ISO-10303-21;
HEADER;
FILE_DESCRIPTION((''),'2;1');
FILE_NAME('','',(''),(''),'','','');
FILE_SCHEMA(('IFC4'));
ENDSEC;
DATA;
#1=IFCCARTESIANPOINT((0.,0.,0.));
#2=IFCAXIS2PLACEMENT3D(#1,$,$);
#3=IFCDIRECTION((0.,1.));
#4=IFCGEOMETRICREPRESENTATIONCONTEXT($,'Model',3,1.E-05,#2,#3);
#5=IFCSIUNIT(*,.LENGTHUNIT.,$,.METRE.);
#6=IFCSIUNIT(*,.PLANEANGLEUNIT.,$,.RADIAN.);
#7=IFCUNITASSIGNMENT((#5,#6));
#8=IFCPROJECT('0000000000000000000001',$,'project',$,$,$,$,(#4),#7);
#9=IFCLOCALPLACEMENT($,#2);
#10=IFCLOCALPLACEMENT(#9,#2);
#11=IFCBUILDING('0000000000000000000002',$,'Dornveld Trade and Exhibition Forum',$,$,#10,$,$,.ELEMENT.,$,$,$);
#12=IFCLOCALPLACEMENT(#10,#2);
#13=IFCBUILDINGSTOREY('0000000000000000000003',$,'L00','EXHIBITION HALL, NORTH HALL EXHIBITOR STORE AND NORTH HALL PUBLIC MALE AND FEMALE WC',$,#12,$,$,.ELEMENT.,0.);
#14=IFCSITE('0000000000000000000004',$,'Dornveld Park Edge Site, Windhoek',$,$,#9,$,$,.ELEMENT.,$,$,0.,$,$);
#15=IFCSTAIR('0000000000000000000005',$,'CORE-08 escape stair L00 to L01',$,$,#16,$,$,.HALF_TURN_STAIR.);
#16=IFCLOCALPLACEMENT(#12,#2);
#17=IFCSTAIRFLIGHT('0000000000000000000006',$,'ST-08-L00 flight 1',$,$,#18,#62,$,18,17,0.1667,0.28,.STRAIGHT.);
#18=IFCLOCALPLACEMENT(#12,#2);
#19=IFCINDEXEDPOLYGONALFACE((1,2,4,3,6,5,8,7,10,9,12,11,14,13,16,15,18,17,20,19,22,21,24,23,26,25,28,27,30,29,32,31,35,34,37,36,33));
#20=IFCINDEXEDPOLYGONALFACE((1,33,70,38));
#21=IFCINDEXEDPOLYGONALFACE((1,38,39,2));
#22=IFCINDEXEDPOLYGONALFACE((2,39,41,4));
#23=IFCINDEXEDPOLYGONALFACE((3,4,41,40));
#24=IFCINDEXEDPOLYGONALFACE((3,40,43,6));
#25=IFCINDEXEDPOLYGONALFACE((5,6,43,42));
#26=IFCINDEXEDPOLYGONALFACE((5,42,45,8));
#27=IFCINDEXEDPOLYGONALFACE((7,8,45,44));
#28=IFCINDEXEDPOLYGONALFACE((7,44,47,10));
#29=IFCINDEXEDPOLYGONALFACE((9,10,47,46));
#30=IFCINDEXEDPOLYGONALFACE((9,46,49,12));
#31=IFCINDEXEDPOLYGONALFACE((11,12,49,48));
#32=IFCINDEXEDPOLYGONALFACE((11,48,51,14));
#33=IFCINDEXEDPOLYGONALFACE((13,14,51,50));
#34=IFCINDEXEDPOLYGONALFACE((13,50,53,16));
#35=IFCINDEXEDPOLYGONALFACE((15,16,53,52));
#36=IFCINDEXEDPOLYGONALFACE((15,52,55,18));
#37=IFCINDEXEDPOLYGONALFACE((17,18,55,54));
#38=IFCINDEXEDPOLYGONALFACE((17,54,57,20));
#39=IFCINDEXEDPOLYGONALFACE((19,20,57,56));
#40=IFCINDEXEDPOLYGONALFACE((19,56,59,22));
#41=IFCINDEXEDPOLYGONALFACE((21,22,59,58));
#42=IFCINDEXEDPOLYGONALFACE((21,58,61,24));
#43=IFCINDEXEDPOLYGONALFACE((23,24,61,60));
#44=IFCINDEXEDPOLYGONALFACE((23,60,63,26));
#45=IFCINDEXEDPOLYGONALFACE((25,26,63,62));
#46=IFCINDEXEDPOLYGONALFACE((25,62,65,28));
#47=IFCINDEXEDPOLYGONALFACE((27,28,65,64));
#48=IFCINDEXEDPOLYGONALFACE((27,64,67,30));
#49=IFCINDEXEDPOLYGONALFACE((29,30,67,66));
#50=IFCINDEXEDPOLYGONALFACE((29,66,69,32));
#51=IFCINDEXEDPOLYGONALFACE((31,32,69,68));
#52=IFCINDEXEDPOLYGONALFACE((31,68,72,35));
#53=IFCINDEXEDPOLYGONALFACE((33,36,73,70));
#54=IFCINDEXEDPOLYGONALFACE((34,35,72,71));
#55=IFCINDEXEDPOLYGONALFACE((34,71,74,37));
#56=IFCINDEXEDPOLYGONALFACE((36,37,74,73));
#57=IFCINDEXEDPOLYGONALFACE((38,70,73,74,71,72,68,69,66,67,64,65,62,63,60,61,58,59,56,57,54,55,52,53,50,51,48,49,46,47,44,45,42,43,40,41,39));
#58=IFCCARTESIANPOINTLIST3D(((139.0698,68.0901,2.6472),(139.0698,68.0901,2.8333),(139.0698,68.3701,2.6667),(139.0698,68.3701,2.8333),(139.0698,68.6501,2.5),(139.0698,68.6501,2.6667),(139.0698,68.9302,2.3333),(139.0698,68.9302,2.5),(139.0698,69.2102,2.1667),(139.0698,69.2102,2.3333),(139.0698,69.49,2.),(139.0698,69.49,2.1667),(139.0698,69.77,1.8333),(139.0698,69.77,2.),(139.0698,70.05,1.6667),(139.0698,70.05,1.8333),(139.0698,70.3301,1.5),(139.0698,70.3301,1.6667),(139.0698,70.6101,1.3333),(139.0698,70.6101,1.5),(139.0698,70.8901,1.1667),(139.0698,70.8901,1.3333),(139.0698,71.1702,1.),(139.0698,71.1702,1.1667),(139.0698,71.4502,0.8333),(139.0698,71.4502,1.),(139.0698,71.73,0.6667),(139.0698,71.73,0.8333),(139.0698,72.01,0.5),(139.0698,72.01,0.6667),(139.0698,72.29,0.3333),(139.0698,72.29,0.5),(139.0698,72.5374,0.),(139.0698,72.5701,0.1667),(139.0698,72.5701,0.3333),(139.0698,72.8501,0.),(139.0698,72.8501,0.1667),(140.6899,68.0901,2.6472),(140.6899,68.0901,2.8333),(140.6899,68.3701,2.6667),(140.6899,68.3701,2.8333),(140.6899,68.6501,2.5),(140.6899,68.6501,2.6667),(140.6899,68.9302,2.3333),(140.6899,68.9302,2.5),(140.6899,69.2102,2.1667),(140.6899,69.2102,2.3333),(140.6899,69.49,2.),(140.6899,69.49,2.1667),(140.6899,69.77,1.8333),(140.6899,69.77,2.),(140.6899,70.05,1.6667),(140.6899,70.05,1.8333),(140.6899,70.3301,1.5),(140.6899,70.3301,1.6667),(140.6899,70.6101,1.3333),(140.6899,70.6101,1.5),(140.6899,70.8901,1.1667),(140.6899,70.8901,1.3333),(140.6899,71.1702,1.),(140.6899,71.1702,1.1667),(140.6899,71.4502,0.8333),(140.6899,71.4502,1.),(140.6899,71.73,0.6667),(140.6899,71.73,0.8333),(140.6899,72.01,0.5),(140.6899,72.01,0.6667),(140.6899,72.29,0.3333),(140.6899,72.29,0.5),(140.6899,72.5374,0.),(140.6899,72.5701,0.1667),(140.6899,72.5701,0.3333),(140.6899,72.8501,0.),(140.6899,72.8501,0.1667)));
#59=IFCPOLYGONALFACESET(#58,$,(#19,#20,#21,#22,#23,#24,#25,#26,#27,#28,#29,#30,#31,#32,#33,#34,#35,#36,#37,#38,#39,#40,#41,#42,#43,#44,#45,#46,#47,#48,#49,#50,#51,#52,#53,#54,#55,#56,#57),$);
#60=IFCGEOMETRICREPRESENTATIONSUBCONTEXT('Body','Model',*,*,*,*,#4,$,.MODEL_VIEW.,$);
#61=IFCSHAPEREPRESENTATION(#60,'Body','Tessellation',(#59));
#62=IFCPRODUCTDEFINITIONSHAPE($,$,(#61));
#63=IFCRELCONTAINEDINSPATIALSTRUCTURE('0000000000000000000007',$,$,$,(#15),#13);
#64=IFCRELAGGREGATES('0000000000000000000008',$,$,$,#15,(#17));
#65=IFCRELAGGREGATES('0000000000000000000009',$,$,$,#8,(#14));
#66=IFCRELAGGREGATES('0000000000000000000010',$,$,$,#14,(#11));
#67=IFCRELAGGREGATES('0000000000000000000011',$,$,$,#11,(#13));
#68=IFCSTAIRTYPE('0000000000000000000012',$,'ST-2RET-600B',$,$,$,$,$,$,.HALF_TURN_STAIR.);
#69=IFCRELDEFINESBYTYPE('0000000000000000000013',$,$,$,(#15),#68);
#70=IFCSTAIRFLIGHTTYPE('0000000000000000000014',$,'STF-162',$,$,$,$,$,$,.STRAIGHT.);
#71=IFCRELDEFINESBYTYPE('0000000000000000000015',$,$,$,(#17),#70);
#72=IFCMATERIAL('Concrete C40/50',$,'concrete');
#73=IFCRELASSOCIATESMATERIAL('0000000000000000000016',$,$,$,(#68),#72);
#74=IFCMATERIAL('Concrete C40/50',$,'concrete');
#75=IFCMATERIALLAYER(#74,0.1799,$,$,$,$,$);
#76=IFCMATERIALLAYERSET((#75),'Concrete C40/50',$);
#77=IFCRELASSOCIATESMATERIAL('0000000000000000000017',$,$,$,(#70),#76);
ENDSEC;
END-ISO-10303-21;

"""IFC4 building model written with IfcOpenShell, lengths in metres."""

from ifc_helpers import new_model, si_unit, direction, frame, origin, place, context, subcontext, project, spatial, polyline, outline, extrude, material, layer, layer_set, type_object, element, aggregate, save


model = new_model("IFC4")

# Units and contexts
model_context = context("Model", 3, precision=1e-05, world=origin(), true_north=direction((0.0, 1.0)))
body_context = subcontext(model_context, "Body", "Model", "MODEL_VIEW")
ifc_project = project(units=[si_unit("LENGTHUNIT", "METRE"), si_unit("PLANEANGLEUNIT", "RADIAN")], contexts=[model_context])

# Site, building, storey
site_placement = place(None, origin())
site = spatial("IfcSite", under=ifc_project, at=site_placement, Name="Dornveld Park Edge Site, Windhoek", CompositionType="ELEMENT", RefElevation=0.0)
building_placement = place(site_placement, origin())
building = spatial("IfcBuilding", under=site, at=building_placement, Name="Dornveld Trade and Exhibition Forum", CompositionType="ELEMENT")
storey_placement = place(building_placement, origin())
storey = spatial("IfcBuildingStorey", under=building, at=storey_placement, Name="L00", Description="EXHIBITION HALL, NORTH HALL EXHIBITOR STORE AND NORTH HALL PUBLIC MALE AND FEMALE WC", CompositionType="ELEMENT", Elevation=0.0)

# Stair, stair flight
ifc_material_1 = material(Name="Concrete C40/50", Category="concrete")
stair_type = type_object("IfcStairType", Name="ST-2RET-600B", PredefinedType="HALF_TURN_STAIR", material=ifc_material_1)
stair_placement = place(storey_placement, origin())
stair = element("IfcStair", 1, at=stair_placement, inside=storey, type_object=stair_type, Name="CORE-08 escape stair L00 to L01", PredefinedType="HALF_TURN_STAIR")
ifc_material_2 = material(Name="Concrete C40/50", Category="concrete")
ifc_layer_1 = layer(ifc_material_2, 0.1799)
ifc_layer_set_1 = layer_set([ifc_layer_1], Name="Concrete C40/50")
stair_flight_type = type_object("IfcStairFlightType", Name="STF-162", PredefinedType="STRAIGHT", material=ifc_layer_set_1)
stair_flight_placement = place(storey_placement, frame((139.8799, 72.8501, 0.0), z_axis=(0.0, 0.0, 1.0), x_axis=(0.0, -1.0, 0.0)))
stair_flight = element("IfcStairFlight", 2, at=stair_flight_placement, type_object=stair_flight_type, Name="ST-08-L00 flight 1", NumberOfRisers=18, NumberOfTreads=17, PredefinedType="STRAIGHT", RiserHeight=0.1667, TreadLength=0.28, context=body_context, shape_type="SweptSolid", body=[
    extrude(outline(polyline([(0.0, 0.0), (0.0, 0.1667), (0.28, 0.1667), (0.28, 0.3333), (0.5601, 0.3333), (0.5601, 0.5), (0.8401, 0.5), (0.8401, 0.6667), (1.1201, 0.6667), (1.1201, 0.8333), (1.3999, 0.8333), (1.3999, 1.0), (1.6799, 1.0), (1.6799, 1.1667), (1.96, 1.1667), (1.96, 1.3333), (2.24, 1.3333), (2.24, 1.5), (2.52, 1.5), (2.52, 1.6667), (2.8, 1.6667), (2.8, 1.8333), (3.0801, 1.8333), (3.0801, 2.0), (3.3601, 2.0), (3.3601, 2.1667), (3.6399, 2.1667), (3.6399, 2.3333), (3.9199, 2.3333), (3.9199, 2.5), (4.2, 2.5), (4.2, 2.6667), (4.48, 2.6667), (4.48, 2.8333), (4.76, 2.8333), (4.76, 3.0), (4.76, 2.6472), (0.3127, 0.0), (0.0, 0.0)])), frame((0.0, 0.8101, 0.0), z_axis=(0.0, -1.0, 0.0), x_axis=(1.0, 0.0, 0.0)), (0.0, 0.0, 1.0), 1.6201),
])
aggregate(stair, [stair_flight])

save(model, "model.ifc")
